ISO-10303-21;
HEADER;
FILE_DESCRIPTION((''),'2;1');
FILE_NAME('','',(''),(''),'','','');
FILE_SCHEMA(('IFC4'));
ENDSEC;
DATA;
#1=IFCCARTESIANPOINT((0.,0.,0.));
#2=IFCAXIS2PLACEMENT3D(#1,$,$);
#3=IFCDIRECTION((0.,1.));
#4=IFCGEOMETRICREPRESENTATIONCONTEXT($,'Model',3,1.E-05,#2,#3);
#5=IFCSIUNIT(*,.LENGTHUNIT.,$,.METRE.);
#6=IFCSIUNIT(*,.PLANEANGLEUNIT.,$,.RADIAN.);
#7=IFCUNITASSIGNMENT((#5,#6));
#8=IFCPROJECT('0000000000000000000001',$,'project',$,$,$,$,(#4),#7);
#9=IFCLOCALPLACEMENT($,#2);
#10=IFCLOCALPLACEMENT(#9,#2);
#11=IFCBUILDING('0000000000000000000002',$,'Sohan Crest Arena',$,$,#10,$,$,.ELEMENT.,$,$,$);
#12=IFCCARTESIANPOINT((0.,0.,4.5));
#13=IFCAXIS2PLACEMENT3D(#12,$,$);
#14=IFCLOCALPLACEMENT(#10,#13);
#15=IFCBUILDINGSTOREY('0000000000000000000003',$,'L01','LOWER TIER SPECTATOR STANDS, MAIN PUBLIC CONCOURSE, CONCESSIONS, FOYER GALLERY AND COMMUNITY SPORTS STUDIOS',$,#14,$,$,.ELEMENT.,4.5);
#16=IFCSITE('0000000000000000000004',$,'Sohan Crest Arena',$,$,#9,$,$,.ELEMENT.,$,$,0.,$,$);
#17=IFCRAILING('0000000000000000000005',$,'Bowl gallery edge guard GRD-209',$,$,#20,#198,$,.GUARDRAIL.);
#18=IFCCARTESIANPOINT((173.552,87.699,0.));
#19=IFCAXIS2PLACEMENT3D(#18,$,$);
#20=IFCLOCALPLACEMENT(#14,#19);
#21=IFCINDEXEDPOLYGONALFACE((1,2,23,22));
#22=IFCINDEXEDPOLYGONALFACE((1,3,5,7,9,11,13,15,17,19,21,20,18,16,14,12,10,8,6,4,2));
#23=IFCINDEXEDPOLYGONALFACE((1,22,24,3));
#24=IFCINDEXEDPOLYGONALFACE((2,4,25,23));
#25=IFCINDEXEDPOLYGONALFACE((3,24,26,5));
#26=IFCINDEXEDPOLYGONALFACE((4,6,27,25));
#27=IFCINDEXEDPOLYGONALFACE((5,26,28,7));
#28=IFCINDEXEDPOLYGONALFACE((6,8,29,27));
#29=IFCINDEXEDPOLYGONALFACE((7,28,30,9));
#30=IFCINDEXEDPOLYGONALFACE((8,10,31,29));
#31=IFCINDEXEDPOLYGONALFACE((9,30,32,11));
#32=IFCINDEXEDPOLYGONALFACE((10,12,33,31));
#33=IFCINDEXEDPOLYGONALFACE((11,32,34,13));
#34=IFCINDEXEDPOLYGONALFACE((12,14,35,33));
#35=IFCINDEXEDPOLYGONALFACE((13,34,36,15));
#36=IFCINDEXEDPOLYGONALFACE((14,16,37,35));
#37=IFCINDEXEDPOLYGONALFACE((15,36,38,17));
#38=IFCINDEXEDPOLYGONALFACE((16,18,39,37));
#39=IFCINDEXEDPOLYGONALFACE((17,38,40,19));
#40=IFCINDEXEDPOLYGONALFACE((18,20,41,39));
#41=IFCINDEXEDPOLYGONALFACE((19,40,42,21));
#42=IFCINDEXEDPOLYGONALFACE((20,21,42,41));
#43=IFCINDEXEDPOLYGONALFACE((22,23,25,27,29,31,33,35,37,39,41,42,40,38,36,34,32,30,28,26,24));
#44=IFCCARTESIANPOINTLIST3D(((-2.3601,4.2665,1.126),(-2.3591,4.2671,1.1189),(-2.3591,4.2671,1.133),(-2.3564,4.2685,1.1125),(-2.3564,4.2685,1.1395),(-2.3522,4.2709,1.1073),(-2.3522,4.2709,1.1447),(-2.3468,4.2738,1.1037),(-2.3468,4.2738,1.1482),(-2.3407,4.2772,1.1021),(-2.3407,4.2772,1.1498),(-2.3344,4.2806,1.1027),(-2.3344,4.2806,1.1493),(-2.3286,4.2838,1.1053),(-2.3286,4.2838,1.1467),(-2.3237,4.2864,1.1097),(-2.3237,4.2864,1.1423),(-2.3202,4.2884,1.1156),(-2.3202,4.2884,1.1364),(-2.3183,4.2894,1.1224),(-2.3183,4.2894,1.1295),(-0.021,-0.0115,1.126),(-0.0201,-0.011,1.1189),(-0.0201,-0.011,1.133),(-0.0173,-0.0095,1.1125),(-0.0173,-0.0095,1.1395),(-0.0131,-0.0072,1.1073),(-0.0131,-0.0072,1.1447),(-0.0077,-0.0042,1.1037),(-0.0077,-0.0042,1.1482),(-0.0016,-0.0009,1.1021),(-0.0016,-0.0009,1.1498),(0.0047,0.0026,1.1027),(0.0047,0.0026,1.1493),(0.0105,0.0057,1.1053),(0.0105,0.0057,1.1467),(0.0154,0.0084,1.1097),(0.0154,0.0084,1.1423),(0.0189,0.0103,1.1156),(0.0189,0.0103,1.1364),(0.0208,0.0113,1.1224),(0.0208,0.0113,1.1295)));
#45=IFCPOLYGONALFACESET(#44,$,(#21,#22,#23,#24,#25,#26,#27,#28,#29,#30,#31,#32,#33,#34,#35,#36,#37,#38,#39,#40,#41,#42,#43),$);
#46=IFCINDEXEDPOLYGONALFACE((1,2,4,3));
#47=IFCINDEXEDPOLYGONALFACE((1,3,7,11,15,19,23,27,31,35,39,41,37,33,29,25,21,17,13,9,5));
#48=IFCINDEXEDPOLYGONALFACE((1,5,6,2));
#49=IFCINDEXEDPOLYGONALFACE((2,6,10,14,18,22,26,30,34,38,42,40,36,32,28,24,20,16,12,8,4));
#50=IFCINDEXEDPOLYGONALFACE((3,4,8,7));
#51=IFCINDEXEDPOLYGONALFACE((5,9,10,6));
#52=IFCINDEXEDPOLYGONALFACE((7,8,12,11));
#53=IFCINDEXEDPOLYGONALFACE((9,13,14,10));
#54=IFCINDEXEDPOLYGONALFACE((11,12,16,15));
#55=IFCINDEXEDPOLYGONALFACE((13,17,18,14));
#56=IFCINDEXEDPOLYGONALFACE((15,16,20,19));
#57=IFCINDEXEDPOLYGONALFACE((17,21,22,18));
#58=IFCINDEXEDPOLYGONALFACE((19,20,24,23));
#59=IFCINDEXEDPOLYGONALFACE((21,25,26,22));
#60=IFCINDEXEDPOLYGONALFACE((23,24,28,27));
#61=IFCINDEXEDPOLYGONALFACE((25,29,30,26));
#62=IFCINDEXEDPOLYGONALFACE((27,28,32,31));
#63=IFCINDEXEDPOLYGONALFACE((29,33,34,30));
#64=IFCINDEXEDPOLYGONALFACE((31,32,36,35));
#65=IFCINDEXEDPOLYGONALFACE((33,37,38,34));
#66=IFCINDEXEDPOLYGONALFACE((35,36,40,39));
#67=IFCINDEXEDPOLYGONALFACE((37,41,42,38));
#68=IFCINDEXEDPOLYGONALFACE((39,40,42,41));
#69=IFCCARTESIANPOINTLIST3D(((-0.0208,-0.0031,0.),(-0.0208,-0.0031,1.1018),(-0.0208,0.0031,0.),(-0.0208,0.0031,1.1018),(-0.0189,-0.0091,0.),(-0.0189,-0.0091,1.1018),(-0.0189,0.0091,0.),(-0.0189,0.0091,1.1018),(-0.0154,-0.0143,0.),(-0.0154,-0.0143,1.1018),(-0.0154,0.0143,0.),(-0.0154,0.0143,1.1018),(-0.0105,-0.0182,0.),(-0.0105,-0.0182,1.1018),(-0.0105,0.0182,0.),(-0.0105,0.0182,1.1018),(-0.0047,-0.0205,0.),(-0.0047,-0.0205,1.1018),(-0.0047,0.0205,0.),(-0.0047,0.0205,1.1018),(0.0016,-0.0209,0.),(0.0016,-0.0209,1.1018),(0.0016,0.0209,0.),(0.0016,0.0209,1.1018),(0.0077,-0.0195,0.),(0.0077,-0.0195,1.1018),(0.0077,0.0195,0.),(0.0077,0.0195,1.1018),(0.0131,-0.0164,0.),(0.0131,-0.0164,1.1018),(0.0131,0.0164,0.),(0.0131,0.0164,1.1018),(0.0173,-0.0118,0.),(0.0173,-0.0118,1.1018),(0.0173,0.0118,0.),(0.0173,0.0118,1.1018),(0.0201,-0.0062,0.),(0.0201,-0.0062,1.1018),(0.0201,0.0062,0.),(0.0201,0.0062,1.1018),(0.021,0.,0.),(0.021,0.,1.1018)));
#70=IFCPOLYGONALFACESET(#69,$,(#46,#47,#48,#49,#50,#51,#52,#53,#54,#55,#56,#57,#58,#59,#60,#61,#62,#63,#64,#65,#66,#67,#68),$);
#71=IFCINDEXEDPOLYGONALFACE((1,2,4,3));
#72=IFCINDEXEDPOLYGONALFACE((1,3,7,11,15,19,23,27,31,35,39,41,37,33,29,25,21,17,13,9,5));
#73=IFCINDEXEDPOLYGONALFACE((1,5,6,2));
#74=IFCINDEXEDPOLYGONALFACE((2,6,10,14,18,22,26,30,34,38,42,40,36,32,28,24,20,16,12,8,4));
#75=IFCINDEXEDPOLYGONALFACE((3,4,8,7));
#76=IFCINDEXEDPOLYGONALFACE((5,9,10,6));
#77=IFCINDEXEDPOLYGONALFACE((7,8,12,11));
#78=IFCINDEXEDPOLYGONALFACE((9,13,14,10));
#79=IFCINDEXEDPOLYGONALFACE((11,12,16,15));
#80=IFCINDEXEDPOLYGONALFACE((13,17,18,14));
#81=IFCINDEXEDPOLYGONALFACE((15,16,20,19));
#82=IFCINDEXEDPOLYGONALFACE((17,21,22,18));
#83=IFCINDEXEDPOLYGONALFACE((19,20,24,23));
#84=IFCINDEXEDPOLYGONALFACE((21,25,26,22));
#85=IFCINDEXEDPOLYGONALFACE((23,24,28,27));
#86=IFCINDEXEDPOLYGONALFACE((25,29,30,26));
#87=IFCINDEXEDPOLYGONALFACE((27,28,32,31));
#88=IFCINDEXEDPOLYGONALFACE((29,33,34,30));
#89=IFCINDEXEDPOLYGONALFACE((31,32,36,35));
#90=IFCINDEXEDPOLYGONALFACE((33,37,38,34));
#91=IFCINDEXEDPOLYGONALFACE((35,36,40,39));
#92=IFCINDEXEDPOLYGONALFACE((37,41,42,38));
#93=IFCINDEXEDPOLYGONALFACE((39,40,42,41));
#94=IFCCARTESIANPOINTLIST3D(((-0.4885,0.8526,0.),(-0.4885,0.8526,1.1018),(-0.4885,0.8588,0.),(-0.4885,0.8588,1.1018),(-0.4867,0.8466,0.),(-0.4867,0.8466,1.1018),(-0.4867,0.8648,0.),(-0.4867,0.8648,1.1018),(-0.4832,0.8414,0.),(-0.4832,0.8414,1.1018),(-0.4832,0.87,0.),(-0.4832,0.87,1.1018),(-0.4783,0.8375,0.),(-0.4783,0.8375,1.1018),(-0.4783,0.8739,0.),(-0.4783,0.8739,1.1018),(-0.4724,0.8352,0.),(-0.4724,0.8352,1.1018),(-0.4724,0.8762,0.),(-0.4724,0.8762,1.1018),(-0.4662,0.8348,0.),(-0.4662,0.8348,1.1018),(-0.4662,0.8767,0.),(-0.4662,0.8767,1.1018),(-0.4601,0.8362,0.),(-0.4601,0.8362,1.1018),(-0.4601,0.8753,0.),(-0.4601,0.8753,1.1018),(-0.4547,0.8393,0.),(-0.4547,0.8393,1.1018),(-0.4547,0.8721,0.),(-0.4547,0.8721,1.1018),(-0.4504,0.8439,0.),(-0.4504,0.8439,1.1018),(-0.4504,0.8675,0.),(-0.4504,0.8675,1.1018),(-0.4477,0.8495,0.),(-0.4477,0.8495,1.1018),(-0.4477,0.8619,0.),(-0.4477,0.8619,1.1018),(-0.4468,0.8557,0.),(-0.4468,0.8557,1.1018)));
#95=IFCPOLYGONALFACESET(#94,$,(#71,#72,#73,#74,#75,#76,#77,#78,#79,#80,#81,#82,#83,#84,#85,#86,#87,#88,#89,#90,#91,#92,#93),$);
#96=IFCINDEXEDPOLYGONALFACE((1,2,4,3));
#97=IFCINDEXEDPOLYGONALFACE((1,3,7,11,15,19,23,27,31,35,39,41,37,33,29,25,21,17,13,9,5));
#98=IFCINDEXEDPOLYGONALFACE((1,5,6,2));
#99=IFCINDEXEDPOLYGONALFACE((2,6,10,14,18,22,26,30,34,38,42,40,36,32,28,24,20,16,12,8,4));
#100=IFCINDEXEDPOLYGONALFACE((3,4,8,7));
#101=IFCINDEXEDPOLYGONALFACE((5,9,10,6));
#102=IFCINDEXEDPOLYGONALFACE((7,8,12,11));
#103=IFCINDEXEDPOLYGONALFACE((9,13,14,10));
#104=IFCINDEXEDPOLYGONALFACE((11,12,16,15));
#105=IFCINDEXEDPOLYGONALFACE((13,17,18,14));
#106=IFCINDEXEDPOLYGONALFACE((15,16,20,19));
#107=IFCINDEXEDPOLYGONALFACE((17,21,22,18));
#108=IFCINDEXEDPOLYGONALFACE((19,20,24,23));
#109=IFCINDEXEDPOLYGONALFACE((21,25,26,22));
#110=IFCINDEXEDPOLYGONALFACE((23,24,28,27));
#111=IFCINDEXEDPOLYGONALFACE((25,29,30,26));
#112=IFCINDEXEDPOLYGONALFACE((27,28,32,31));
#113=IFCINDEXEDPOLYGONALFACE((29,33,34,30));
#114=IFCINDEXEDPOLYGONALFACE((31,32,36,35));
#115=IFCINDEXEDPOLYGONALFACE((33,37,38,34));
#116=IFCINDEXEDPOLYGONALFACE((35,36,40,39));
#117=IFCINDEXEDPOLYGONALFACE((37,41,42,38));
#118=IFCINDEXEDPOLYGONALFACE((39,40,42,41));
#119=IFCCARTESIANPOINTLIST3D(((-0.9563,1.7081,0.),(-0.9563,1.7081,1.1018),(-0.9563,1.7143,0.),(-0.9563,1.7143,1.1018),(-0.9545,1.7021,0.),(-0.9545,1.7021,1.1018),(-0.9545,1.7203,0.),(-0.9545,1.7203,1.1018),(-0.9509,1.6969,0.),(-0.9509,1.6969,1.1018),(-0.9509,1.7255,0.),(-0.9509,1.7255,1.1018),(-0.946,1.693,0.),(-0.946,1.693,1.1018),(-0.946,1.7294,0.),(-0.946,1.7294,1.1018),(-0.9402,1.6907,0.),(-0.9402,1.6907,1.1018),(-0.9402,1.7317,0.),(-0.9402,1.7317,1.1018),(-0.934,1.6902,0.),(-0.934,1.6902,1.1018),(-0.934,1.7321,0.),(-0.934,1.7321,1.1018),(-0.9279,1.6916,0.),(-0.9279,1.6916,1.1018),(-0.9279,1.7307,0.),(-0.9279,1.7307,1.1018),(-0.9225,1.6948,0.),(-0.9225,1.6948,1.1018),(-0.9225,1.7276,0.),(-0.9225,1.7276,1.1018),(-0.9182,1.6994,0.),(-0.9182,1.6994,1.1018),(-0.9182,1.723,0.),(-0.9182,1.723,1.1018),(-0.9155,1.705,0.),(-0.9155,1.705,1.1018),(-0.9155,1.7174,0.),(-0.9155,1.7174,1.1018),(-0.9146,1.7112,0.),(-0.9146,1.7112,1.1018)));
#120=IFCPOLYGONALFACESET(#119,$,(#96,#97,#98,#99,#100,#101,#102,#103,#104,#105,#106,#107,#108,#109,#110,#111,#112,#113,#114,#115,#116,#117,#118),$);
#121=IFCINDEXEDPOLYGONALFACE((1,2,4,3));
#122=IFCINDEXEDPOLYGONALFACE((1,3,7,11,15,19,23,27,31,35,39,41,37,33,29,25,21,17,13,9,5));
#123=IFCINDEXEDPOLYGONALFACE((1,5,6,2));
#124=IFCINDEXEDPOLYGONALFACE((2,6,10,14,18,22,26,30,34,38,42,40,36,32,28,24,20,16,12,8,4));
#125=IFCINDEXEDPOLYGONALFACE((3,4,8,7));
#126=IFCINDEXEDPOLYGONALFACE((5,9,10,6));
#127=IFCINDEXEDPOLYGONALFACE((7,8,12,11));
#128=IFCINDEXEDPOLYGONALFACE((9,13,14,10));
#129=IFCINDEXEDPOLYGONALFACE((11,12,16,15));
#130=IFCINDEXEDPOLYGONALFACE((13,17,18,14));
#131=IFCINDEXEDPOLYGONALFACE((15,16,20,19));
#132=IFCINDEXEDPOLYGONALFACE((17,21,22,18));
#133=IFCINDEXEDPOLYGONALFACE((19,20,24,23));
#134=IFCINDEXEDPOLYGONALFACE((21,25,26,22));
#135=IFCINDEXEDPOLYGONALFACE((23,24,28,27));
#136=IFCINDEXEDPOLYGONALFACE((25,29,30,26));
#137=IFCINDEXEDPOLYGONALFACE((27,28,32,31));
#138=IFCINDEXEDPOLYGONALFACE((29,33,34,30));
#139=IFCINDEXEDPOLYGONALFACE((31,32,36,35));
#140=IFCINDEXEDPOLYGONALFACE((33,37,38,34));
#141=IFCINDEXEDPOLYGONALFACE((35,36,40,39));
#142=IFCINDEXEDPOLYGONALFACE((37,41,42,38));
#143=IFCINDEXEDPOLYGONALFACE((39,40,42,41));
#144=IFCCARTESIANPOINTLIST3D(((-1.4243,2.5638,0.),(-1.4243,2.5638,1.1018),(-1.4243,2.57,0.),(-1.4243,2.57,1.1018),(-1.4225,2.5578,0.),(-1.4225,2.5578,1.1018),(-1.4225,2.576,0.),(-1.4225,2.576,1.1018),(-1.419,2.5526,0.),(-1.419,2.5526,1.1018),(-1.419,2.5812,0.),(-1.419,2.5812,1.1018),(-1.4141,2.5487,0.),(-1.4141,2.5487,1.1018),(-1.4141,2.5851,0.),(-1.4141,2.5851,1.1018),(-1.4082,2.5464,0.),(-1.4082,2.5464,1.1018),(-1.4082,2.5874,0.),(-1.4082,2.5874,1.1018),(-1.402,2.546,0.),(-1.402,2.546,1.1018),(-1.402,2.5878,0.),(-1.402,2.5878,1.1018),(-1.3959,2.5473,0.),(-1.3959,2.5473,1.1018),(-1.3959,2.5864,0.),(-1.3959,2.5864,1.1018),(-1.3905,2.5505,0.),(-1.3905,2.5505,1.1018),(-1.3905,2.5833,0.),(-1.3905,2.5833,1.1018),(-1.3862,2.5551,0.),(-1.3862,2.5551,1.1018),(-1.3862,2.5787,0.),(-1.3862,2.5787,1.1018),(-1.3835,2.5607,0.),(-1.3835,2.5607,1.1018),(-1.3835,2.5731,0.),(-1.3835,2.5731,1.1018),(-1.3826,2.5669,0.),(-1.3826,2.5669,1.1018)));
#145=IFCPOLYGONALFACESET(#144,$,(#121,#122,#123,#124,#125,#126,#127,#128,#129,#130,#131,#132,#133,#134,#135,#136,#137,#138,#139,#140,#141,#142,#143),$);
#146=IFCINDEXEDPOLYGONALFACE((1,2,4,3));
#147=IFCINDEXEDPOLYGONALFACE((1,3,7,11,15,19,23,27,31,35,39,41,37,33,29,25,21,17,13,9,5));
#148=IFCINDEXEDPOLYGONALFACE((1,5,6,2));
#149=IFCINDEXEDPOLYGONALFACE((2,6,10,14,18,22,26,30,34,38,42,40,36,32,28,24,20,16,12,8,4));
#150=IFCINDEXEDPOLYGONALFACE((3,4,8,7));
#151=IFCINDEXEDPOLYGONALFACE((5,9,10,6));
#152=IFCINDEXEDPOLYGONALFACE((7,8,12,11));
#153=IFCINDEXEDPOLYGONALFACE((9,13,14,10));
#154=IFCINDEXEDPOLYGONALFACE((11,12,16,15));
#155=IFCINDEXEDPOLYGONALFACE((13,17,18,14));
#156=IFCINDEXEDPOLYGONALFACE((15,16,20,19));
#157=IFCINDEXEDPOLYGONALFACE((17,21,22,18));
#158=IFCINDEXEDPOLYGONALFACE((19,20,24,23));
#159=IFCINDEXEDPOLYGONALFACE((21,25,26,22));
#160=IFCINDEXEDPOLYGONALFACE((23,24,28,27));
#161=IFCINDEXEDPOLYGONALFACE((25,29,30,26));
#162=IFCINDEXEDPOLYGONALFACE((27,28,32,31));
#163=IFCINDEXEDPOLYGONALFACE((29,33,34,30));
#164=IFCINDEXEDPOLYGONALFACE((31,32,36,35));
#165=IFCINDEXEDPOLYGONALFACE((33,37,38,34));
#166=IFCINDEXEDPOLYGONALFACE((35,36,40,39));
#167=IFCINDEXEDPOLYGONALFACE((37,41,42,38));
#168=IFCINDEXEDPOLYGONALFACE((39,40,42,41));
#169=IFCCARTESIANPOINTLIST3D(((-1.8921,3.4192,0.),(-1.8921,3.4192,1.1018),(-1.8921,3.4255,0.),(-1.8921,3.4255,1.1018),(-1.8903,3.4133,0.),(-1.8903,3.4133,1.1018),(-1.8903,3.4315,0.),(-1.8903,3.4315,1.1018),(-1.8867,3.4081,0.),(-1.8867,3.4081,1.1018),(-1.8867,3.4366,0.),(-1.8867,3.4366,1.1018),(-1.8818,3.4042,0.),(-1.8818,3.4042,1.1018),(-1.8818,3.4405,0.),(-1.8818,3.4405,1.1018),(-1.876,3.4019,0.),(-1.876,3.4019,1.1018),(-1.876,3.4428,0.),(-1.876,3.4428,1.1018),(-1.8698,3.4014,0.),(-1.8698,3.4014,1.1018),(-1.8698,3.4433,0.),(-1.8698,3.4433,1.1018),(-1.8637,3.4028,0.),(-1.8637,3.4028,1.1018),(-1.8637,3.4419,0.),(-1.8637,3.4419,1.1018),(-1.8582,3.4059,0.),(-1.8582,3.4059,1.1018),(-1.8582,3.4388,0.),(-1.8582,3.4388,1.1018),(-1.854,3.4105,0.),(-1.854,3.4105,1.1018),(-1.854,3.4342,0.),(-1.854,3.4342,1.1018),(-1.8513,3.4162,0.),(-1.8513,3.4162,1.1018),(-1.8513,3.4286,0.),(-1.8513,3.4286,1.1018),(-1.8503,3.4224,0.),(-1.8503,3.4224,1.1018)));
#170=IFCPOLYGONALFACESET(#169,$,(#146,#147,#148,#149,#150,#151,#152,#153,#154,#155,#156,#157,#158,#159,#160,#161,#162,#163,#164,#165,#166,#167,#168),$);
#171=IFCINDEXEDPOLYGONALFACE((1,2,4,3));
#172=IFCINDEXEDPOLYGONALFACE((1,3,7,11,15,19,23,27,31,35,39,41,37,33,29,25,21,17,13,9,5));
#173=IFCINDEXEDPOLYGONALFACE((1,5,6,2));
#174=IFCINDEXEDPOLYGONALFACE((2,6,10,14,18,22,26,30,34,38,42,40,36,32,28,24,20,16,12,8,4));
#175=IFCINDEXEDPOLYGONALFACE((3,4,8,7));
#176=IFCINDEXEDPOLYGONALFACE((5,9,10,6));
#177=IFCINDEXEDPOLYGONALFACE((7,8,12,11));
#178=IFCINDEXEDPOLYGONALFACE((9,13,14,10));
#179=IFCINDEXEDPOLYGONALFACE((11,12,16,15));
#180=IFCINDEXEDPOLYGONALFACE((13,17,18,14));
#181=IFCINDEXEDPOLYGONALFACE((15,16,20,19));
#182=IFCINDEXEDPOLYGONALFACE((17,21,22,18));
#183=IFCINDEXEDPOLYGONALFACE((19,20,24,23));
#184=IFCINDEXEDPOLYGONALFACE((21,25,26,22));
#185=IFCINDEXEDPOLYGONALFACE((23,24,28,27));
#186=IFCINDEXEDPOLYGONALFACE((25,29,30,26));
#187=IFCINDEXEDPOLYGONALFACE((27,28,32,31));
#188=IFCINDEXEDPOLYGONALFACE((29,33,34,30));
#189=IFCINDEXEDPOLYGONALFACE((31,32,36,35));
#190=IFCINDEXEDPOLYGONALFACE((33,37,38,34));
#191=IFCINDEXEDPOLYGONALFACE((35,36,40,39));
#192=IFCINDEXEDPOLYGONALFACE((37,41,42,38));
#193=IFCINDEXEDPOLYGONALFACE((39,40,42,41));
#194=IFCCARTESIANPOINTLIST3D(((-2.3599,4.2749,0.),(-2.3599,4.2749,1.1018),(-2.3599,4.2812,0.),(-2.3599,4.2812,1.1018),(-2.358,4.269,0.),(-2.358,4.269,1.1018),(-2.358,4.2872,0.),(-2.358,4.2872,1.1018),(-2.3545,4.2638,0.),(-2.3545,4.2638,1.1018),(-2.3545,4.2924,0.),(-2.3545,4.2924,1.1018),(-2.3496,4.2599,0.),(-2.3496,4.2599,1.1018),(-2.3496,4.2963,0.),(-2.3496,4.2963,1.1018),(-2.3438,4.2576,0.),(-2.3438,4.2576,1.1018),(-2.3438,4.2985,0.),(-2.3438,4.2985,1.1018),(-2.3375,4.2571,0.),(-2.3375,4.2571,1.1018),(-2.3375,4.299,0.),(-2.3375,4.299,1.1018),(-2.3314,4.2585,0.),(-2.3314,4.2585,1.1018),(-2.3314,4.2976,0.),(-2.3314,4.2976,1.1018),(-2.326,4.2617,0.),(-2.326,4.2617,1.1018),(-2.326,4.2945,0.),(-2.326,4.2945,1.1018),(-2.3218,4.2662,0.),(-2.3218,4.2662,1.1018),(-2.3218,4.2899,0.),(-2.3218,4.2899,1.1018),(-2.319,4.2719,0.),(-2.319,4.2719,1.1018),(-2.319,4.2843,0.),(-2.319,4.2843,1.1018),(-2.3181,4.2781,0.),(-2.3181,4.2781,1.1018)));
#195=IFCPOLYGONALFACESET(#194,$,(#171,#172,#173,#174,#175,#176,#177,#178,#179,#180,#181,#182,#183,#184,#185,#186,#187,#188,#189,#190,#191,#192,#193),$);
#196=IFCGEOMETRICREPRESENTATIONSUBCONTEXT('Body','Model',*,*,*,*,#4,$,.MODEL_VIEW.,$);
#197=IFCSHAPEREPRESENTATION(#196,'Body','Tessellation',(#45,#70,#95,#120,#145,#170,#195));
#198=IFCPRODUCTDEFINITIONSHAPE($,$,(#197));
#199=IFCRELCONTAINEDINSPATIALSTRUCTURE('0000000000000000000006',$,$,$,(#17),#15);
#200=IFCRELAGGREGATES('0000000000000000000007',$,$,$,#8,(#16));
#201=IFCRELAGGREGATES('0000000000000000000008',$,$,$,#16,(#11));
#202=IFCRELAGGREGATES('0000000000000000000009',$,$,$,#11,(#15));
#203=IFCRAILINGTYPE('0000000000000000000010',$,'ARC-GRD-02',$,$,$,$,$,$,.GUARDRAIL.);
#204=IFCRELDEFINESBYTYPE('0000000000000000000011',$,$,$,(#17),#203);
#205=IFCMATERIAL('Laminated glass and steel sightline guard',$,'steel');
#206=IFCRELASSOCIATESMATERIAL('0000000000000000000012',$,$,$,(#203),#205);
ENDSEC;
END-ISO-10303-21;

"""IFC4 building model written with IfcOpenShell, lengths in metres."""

from ifc_helpers import new_model, si_unit, direction, frame, origin, origin_2d, place, context, subcontext, project, spatial, circle, extrude, material, type_object, element, save


model = new_model("IFC4")

# Units and contexts
model_context = context("Model", 3, precision=1e-05, world=origin(), true_north=direction((0.0, 1.0)))
body_context = subcontext(model_context, "Body", "Model", "MODEL_VIEW")
ifc_project = project(units=[si_unit("LENGTHUNIT", "METRE"), si_unit("PLANEANGLEUNIT", "RADIAN")], contexts=[model_context])

# Site, building, storey
site_placement = place(None, origin())
site = spatial("IfcSite", under=ifc_project, at=site_placement, Name="Sohan Crest Arena", CompositionType="ELEMENT", RefElevation=0.0)
building_placement = place(site_placement, origin())
building = spatial("IfcBuilding", under=site, at=building_placement, Name="Sohan Crest Arena", CompositionType="ELEMENT")
storey_placement = place(building_placement, frame((0.0, 0.0, 4.5)))
storey = spatial("IfcBuildingStorey", under=building, at=storey_placement, Name="L01", Description="LOWER TIER SPECTATOR STANDS, MAIN PUBLIC CONCOURSE, CONCESSIONS, FOYER GALLERY AND COMMUNITY SPORTS STUDIOS", CompositionType="ELEMENT", Elevation=4.5)

# Railing
ifc_material_1 = material(Name="Laminated glass and steel sightline guard", Category="steel")
railing_type = type_object("IfcRailingType", Name="ARC-GRD-02", PredefinedType="GUARDRAIL", material=ifc_material_1)
railing_1_placement = place(storey_placement, frame((173.552, 87.699, 0.0)))
element("IfcRailing", 1, at=railing_1_placement, inside=storey, type_object=railing_type, Name="Bowl gallery edge guard GRD-209", PredefinedType="GUARDRAIL", context=body_context, shape_type="SweptSolid", body=[
    extrude(circle(Radius=0.0239, at=origin_2d()), frame((0.0, 0.0, 1.126), z_axis=(-0.479739, 0.877411, 0.0), x_axis=(-0.877411, -0.479739, 0.0)), (0.0, 0.0, 1.0), 4.8757),
    extrude(circle(Radius=0.021, at=origin_2d()), origin(), (0.0, 0.0, 1.0), 1.1018),
    extrude(circle(Radius=0.021, at=origin_2d()), frame((-0.4678, 0.8557, 0.0)), (0.0, 0.0, 1.0), 1.1018),
    extrude(circle(Radius=0.021, at=origin_2d()), frame((-0.9355, 1.7112, 0.0)), (0.0, 0.0, 1.0), 1.1018),
    extrude(circle(Radius=0.021, at=origin_2d()), frame((-1.4036, 2.5669, 0.0)), (0.0, 0.0, 1.0), 1.1018),
    extrude(circle(Radius=0.021, at=origin_2d()), frame((-1.8713, 3.4224, 0.0)), (0.0, 0.0, 1.0), 1.1018),
    extrude(circle(Radius=0.021, at=origin_2d()), frame((-2.3391, 4.2781, 0.0)), (0.0, 0.0, 1.0), 1.1018),
])

save(model, "model.ifc")
